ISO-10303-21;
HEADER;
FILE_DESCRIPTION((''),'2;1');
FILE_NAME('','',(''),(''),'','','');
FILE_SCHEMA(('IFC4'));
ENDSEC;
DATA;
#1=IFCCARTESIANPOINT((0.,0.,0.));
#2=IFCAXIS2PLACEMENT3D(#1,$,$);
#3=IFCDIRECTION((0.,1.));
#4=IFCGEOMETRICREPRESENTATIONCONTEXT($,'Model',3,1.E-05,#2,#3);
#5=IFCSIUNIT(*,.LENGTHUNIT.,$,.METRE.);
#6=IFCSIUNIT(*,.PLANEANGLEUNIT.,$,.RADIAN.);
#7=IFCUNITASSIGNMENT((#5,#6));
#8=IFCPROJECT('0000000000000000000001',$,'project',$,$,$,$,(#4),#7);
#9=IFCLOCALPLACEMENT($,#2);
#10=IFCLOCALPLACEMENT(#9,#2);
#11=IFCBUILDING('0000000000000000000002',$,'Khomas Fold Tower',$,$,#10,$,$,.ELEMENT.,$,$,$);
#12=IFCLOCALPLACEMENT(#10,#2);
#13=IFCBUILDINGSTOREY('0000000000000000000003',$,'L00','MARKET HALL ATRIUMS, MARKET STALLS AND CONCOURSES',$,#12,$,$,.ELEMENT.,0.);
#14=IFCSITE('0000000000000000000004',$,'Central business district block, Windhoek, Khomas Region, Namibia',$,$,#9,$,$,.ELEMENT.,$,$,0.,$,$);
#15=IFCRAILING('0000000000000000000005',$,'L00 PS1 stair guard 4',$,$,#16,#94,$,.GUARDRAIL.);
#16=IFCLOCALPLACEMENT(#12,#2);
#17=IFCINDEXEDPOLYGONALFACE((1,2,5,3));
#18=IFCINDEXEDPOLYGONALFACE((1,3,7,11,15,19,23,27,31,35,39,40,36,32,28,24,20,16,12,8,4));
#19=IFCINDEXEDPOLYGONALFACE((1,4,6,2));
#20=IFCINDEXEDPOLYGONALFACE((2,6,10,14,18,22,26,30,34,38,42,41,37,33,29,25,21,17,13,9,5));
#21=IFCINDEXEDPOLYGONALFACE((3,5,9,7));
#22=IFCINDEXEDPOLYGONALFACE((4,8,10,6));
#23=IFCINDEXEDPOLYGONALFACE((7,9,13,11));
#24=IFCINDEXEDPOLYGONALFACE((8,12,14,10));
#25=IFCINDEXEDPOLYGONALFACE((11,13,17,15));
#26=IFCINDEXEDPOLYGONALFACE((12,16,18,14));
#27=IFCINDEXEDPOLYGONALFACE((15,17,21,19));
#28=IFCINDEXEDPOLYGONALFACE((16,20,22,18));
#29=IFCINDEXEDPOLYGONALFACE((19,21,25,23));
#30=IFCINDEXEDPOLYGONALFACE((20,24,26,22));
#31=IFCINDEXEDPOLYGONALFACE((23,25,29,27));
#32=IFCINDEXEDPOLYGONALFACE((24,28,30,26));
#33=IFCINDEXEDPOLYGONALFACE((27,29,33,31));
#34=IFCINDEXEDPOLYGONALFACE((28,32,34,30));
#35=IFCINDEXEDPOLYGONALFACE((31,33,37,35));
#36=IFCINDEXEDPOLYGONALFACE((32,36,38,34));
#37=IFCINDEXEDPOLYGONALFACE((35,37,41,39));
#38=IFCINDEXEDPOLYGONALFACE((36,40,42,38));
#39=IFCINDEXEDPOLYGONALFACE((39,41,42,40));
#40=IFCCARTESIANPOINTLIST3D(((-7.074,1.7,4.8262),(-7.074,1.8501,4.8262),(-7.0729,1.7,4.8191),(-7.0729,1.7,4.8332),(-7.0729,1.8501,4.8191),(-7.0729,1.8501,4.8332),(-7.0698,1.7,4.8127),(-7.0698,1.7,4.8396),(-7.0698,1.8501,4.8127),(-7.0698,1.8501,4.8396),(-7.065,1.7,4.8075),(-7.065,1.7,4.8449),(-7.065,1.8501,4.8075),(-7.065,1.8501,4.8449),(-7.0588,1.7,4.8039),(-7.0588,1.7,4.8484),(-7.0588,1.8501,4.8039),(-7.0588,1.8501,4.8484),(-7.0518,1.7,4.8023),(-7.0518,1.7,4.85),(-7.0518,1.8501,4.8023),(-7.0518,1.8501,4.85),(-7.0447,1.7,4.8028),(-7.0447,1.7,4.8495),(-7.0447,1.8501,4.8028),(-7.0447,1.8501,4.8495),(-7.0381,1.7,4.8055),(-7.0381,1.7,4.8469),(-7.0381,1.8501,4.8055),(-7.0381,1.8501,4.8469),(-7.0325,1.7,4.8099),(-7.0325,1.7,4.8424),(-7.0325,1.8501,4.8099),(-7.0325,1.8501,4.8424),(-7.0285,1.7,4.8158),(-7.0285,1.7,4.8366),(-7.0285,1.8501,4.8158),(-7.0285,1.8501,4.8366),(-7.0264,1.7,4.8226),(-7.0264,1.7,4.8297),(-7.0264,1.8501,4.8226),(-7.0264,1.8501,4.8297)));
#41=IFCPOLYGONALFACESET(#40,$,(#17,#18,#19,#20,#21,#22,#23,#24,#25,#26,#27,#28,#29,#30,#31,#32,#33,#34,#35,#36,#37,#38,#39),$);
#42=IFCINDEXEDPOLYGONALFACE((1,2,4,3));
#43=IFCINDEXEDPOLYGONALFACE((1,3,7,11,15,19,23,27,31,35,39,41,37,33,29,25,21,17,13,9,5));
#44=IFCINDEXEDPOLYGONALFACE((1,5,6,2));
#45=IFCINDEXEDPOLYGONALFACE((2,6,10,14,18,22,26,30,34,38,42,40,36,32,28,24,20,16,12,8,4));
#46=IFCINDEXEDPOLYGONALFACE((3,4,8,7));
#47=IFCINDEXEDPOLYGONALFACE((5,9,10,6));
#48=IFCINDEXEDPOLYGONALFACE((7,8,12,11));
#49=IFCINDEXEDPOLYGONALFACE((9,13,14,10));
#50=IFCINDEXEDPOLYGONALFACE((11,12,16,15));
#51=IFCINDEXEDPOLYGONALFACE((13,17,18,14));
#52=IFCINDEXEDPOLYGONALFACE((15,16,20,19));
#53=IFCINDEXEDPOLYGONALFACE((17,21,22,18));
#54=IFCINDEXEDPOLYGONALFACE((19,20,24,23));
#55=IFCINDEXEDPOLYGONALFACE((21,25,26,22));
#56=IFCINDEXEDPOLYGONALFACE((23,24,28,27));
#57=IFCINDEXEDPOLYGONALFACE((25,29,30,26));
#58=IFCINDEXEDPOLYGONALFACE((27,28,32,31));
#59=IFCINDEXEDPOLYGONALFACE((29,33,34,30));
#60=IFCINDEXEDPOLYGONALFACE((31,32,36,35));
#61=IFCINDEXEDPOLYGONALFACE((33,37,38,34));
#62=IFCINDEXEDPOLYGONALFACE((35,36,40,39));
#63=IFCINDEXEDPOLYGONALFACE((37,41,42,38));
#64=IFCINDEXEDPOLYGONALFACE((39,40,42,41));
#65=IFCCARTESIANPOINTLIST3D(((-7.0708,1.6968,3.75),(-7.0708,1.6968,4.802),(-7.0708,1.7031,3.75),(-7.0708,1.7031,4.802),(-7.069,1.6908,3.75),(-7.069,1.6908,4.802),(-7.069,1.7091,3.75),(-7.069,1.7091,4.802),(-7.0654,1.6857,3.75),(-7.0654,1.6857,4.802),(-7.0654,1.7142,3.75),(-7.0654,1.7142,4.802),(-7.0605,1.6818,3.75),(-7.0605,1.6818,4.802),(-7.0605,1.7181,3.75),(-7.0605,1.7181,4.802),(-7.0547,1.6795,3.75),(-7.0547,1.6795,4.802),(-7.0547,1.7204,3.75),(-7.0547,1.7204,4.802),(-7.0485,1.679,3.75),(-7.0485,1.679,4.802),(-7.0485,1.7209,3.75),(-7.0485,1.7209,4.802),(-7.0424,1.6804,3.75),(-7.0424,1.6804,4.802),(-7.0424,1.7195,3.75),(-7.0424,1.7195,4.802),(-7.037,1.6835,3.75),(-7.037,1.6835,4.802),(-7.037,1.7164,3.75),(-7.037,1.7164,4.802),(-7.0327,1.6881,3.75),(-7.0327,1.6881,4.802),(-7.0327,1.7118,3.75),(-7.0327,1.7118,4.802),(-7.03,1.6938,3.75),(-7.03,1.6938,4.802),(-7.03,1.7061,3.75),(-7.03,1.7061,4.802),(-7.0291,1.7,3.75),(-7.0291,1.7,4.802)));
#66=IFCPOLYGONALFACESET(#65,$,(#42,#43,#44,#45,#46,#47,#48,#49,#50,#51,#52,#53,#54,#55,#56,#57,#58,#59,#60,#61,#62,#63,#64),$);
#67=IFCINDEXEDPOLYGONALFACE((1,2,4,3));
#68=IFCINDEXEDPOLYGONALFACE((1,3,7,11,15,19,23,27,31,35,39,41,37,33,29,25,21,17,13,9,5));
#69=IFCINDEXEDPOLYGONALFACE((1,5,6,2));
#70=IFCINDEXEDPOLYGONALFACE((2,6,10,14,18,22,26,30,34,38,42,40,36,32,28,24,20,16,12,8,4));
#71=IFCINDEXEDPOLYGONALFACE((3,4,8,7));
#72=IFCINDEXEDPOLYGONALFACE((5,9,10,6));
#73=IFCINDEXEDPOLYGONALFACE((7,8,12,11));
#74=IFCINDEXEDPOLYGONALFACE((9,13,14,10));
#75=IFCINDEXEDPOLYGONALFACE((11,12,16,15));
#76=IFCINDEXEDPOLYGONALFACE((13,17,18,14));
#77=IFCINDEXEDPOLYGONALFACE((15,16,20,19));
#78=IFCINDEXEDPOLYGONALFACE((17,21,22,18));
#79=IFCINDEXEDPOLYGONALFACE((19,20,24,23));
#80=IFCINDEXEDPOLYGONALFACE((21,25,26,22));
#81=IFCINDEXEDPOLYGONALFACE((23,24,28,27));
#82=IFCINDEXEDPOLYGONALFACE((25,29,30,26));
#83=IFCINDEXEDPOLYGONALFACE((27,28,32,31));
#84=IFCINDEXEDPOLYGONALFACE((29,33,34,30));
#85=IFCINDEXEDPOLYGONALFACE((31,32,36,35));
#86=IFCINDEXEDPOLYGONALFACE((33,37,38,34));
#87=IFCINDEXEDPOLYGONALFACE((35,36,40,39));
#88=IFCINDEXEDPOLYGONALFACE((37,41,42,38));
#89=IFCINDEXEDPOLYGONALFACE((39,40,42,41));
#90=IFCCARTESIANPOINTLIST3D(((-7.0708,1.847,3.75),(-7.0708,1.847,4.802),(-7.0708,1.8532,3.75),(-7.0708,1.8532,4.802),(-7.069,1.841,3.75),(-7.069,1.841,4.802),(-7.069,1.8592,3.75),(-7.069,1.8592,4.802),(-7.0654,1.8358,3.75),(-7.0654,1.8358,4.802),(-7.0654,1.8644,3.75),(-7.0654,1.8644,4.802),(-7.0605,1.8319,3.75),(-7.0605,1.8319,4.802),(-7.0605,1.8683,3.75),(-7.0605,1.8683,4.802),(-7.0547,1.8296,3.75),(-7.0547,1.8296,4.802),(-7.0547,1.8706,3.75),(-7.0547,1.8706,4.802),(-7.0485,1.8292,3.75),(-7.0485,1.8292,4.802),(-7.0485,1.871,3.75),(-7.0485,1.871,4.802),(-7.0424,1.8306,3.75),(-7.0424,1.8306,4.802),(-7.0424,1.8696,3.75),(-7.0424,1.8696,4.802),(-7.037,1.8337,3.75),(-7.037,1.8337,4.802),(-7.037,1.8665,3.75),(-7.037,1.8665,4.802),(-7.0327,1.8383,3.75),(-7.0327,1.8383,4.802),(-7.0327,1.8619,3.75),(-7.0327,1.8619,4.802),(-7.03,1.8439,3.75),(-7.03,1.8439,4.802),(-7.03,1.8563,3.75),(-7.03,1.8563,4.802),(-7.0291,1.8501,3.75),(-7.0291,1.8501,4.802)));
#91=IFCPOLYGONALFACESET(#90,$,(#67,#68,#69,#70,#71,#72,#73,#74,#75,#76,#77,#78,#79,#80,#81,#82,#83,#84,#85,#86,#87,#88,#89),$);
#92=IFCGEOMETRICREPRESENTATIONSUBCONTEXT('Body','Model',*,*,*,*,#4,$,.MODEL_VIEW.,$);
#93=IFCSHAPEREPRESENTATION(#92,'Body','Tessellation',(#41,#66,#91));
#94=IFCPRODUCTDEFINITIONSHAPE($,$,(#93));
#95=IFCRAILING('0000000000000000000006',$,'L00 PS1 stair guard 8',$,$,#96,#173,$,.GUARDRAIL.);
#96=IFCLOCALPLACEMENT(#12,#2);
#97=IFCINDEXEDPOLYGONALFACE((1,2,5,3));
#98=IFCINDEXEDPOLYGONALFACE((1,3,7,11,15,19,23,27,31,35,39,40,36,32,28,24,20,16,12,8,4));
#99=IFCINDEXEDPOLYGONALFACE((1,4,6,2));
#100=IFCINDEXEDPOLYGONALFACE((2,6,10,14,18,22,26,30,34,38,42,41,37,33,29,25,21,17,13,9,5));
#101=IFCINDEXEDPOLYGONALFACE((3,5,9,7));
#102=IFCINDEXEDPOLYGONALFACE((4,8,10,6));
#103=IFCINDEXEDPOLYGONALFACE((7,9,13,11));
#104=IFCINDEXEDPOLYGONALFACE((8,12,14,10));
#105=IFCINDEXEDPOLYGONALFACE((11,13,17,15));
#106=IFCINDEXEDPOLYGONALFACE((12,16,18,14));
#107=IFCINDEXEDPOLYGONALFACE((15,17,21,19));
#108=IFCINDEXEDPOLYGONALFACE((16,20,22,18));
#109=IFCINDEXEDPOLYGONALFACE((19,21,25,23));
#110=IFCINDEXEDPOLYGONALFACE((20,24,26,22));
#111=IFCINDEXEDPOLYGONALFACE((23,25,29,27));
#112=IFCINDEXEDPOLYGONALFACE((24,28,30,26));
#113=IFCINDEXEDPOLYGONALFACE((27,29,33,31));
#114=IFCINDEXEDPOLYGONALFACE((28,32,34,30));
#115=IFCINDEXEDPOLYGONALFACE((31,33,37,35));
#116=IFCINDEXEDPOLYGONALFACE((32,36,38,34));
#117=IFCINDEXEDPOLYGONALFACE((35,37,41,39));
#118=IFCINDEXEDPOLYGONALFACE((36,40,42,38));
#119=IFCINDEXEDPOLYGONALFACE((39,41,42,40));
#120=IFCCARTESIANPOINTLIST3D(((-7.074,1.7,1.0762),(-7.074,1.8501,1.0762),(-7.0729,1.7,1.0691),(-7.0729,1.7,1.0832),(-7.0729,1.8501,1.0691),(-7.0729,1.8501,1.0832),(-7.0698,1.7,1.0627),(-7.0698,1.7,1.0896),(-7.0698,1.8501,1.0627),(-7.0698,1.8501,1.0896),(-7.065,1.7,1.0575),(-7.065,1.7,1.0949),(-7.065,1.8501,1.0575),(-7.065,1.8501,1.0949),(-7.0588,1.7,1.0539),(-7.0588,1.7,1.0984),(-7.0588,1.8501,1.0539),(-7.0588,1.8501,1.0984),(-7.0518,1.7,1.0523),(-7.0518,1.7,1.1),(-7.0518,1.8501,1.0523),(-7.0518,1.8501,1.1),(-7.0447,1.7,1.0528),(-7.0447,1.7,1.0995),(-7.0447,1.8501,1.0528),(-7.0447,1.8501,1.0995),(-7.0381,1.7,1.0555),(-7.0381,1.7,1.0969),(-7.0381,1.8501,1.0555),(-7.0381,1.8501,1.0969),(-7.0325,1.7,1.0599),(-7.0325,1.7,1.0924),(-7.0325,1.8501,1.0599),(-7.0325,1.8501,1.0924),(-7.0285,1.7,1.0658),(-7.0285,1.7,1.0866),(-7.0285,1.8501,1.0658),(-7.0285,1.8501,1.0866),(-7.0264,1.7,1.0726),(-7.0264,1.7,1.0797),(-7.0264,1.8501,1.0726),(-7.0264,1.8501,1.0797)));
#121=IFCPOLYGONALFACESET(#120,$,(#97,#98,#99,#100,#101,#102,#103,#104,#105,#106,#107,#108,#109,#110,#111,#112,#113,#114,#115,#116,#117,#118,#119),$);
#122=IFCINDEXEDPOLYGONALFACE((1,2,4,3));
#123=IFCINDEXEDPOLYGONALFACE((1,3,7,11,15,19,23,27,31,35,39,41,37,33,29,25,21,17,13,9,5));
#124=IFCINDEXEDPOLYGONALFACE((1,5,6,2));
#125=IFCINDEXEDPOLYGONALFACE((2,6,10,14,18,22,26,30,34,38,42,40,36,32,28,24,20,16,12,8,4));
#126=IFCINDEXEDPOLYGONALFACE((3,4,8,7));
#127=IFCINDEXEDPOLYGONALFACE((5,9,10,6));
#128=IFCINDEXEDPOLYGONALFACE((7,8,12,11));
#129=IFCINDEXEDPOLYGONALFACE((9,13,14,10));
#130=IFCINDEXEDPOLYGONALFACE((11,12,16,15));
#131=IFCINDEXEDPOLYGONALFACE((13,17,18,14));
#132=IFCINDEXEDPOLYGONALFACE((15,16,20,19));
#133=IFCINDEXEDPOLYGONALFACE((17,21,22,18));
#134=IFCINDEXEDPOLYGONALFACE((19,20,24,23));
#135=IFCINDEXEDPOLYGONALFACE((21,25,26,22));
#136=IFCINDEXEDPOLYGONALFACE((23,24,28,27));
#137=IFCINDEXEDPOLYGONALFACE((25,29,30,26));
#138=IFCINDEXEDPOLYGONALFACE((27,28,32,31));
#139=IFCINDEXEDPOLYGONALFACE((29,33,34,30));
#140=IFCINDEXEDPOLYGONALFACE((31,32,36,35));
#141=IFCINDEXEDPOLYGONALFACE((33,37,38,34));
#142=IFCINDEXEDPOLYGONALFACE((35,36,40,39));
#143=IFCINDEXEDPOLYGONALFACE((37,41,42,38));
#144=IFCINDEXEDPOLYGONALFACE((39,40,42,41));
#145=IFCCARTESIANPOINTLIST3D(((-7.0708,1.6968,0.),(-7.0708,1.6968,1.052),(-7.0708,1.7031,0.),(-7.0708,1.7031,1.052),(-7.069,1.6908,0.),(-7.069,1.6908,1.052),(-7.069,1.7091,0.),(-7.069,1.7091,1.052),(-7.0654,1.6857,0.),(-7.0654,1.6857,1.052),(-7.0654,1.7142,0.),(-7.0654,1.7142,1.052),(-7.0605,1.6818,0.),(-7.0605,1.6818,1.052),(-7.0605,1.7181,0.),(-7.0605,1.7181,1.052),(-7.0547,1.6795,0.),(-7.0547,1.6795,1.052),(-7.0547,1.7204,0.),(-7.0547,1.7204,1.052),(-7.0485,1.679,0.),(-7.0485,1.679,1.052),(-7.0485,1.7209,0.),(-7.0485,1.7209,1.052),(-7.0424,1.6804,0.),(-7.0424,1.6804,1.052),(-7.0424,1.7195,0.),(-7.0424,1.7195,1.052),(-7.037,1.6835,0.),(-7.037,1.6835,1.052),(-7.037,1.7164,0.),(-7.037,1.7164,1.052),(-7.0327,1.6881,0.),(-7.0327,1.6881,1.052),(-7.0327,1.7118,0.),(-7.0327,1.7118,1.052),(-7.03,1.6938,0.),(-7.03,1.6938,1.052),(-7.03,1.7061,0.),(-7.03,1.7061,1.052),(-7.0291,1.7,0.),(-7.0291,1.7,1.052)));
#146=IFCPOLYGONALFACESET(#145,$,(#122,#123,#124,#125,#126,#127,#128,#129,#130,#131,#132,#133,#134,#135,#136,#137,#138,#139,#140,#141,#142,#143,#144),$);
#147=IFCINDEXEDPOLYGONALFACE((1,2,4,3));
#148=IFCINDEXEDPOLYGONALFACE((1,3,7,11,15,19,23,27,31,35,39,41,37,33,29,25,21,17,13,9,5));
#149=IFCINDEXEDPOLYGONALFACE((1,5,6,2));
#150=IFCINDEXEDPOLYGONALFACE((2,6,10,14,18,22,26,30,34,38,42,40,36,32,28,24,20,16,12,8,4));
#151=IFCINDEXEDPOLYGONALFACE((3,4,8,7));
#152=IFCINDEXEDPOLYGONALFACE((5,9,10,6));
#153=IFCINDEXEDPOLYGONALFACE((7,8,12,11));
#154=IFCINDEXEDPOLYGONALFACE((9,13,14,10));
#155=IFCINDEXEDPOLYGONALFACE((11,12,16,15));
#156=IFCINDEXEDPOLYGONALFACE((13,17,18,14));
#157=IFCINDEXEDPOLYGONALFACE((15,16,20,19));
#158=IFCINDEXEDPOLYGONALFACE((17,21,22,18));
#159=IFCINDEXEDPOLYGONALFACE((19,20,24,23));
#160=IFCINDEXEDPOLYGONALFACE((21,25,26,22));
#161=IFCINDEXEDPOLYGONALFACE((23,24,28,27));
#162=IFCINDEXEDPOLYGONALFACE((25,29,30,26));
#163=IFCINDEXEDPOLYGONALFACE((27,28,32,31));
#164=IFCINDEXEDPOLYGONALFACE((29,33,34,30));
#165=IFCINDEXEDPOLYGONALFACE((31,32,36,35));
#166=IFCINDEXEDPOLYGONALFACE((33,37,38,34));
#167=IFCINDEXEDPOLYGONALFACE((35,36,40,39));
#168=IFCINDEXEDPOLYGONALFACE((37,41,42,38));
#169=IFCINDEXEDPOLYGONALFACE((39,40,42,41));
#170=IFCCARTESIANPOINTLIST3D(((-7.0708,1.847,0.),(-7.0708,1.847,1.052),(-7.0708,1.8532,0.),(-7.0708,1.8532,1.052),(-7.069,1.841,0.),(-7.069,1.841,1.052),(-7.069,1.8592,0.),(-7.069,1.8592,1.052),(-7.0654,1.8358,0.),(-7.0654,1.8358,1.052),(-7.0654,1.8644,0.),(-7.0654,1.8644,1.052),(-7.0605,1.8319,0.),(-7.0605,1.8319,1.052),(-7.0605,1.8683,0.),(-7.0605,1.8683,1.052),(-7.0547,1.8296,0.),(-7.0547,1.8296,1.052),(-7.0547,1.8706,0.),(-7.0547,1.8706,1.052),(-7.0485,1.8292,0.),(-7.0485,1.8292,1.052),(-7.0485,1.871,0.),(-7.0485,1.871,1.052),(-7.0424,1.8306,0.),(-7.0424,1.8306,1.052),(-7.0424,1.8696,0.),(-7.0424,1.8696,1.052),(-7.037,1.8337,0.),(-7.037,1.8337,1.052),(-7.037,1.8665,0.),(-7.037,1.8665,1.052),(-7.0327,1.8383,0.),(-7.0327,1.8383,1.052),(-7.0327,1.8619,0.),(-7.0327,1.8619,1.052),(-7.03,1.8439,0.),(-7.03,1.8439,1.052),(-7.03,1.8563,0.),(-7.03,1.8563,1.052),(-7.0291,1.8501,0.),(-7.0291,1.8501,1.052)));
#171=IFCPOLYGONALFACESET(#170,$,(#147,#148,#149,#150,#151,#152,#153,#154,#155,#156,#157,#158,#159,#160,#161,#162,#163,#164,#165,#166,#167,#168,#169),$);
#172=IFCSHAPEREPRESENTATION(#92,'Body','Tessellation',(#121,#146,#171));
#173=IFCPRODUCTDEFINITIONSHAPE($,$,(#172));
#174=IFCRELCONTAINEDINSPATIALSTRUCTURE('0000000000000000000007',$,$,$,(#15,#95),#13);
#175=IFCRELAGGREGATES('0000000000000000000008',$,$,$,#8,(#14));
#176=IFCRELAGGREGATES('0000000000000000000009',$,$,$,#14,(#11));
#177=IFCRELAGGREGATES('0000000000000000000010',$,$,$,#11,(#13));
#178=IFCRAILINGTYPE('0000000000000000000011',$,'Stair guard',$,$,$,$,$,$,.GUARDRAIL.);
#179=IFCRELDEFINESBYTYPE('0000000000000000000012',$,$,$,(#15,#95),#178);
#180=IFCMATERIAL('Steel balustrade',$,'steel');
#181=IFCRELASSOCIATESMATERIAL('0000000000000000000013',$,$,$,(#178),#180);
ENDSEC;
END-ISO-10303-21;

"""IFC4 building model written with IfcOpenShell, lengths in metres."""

from ifc_helpers import new_model, si_unit, direction, frame, origin, origin_2d, place, context, subcontext, project, spatial, circle, extrude, source, transform, mapped, material, type_object, element, save


model = new_model("IFC4")

# Units and contexts
model_context = context("Model", 3, precision=1e-05, world=origin(), true_north=direction((0.0, 1.0)))
body_context = subcontext(model_context, "Body", "Model", "MODEL_VIEW")
ifc_project = project(units=[si_unit("LENGTHUNIT", "METRE"), si_unit("PLANEANGLEUNIT", "RADIAN")], contexts=[model_context])

# Site, building, storey
site_placement = place(None, origin())
site = spatial("IfcSite", under=ifc_project, at=site_placement, Name="Central business district block, Windhoek, Khomas Region, Namibia", CompositionType="ELEMENT", RefElevation=0.0)
building_placement = place(site_placement, origin())
building = spatial("IfcBuilding", under=site, at=building_placement, Name="Khomas Fold Tower", CompositionType="ELEMENT")
storey_placement = place(building_placement, origin())
storey = spatial("IfcBuildingStorey", under=building, at=storey_placement, Name="L00", Description="MARKET HALL ATRIUMS, MARKET STALLS AND CONCOURSES", CompositionType="ELEMENT", Elevation=0.0)

# Railings
ifc_material_1 = material(Name="Steel balustrade", Category="steel")
railing_type_1 = type_object("IfcRailingType", Name="Stair guard", PredefinedType="GUARDRAIL", material=ifc_material_1)
shared_shape_1 = source(origin(), body_context, "Body", "SweptSolid", [
    extrude(circle(Radius=0.0239, at=origin_2d()), frame((0.0, 0.0, 1.0762), z_axis=(0.0, 1.0, 0.0), x_axis=(-1.0, 0.0, 0.0)), (0.0, 0.0, 1.0), 0.1501),
    extrude(circle(Radius=0.021, at=origin_2d()), origin(), (0.0, 0.0, 1.0), 1.052),
    extrude(circle(Radius=0.021, at=origin_2d()), frame((0.0, 0.1501, 0.0)), (0.0, 0.0, 1.0), 1.052),
])
for number, where, name in (
    (1, (-7.05, 1.7, 3.75), "L00 PS1 stair guard 4"),
    (2, (-7.05, 1.7, 0.0), "L00 PS1 stair guard 8"),
):
    element("IfcRailing", number, at=place(storey_placement, frame(where)), inside=storey, type_object=railing_type_1, Name=name, PredefinedType="GUARDRAIL", context=body_context, shape_type="MappedRepresentation", body=[
        mapped(shared_shape_1, transform((0.0, 0.0, 0.0))),
    ])

save(model, "model.ifc")
